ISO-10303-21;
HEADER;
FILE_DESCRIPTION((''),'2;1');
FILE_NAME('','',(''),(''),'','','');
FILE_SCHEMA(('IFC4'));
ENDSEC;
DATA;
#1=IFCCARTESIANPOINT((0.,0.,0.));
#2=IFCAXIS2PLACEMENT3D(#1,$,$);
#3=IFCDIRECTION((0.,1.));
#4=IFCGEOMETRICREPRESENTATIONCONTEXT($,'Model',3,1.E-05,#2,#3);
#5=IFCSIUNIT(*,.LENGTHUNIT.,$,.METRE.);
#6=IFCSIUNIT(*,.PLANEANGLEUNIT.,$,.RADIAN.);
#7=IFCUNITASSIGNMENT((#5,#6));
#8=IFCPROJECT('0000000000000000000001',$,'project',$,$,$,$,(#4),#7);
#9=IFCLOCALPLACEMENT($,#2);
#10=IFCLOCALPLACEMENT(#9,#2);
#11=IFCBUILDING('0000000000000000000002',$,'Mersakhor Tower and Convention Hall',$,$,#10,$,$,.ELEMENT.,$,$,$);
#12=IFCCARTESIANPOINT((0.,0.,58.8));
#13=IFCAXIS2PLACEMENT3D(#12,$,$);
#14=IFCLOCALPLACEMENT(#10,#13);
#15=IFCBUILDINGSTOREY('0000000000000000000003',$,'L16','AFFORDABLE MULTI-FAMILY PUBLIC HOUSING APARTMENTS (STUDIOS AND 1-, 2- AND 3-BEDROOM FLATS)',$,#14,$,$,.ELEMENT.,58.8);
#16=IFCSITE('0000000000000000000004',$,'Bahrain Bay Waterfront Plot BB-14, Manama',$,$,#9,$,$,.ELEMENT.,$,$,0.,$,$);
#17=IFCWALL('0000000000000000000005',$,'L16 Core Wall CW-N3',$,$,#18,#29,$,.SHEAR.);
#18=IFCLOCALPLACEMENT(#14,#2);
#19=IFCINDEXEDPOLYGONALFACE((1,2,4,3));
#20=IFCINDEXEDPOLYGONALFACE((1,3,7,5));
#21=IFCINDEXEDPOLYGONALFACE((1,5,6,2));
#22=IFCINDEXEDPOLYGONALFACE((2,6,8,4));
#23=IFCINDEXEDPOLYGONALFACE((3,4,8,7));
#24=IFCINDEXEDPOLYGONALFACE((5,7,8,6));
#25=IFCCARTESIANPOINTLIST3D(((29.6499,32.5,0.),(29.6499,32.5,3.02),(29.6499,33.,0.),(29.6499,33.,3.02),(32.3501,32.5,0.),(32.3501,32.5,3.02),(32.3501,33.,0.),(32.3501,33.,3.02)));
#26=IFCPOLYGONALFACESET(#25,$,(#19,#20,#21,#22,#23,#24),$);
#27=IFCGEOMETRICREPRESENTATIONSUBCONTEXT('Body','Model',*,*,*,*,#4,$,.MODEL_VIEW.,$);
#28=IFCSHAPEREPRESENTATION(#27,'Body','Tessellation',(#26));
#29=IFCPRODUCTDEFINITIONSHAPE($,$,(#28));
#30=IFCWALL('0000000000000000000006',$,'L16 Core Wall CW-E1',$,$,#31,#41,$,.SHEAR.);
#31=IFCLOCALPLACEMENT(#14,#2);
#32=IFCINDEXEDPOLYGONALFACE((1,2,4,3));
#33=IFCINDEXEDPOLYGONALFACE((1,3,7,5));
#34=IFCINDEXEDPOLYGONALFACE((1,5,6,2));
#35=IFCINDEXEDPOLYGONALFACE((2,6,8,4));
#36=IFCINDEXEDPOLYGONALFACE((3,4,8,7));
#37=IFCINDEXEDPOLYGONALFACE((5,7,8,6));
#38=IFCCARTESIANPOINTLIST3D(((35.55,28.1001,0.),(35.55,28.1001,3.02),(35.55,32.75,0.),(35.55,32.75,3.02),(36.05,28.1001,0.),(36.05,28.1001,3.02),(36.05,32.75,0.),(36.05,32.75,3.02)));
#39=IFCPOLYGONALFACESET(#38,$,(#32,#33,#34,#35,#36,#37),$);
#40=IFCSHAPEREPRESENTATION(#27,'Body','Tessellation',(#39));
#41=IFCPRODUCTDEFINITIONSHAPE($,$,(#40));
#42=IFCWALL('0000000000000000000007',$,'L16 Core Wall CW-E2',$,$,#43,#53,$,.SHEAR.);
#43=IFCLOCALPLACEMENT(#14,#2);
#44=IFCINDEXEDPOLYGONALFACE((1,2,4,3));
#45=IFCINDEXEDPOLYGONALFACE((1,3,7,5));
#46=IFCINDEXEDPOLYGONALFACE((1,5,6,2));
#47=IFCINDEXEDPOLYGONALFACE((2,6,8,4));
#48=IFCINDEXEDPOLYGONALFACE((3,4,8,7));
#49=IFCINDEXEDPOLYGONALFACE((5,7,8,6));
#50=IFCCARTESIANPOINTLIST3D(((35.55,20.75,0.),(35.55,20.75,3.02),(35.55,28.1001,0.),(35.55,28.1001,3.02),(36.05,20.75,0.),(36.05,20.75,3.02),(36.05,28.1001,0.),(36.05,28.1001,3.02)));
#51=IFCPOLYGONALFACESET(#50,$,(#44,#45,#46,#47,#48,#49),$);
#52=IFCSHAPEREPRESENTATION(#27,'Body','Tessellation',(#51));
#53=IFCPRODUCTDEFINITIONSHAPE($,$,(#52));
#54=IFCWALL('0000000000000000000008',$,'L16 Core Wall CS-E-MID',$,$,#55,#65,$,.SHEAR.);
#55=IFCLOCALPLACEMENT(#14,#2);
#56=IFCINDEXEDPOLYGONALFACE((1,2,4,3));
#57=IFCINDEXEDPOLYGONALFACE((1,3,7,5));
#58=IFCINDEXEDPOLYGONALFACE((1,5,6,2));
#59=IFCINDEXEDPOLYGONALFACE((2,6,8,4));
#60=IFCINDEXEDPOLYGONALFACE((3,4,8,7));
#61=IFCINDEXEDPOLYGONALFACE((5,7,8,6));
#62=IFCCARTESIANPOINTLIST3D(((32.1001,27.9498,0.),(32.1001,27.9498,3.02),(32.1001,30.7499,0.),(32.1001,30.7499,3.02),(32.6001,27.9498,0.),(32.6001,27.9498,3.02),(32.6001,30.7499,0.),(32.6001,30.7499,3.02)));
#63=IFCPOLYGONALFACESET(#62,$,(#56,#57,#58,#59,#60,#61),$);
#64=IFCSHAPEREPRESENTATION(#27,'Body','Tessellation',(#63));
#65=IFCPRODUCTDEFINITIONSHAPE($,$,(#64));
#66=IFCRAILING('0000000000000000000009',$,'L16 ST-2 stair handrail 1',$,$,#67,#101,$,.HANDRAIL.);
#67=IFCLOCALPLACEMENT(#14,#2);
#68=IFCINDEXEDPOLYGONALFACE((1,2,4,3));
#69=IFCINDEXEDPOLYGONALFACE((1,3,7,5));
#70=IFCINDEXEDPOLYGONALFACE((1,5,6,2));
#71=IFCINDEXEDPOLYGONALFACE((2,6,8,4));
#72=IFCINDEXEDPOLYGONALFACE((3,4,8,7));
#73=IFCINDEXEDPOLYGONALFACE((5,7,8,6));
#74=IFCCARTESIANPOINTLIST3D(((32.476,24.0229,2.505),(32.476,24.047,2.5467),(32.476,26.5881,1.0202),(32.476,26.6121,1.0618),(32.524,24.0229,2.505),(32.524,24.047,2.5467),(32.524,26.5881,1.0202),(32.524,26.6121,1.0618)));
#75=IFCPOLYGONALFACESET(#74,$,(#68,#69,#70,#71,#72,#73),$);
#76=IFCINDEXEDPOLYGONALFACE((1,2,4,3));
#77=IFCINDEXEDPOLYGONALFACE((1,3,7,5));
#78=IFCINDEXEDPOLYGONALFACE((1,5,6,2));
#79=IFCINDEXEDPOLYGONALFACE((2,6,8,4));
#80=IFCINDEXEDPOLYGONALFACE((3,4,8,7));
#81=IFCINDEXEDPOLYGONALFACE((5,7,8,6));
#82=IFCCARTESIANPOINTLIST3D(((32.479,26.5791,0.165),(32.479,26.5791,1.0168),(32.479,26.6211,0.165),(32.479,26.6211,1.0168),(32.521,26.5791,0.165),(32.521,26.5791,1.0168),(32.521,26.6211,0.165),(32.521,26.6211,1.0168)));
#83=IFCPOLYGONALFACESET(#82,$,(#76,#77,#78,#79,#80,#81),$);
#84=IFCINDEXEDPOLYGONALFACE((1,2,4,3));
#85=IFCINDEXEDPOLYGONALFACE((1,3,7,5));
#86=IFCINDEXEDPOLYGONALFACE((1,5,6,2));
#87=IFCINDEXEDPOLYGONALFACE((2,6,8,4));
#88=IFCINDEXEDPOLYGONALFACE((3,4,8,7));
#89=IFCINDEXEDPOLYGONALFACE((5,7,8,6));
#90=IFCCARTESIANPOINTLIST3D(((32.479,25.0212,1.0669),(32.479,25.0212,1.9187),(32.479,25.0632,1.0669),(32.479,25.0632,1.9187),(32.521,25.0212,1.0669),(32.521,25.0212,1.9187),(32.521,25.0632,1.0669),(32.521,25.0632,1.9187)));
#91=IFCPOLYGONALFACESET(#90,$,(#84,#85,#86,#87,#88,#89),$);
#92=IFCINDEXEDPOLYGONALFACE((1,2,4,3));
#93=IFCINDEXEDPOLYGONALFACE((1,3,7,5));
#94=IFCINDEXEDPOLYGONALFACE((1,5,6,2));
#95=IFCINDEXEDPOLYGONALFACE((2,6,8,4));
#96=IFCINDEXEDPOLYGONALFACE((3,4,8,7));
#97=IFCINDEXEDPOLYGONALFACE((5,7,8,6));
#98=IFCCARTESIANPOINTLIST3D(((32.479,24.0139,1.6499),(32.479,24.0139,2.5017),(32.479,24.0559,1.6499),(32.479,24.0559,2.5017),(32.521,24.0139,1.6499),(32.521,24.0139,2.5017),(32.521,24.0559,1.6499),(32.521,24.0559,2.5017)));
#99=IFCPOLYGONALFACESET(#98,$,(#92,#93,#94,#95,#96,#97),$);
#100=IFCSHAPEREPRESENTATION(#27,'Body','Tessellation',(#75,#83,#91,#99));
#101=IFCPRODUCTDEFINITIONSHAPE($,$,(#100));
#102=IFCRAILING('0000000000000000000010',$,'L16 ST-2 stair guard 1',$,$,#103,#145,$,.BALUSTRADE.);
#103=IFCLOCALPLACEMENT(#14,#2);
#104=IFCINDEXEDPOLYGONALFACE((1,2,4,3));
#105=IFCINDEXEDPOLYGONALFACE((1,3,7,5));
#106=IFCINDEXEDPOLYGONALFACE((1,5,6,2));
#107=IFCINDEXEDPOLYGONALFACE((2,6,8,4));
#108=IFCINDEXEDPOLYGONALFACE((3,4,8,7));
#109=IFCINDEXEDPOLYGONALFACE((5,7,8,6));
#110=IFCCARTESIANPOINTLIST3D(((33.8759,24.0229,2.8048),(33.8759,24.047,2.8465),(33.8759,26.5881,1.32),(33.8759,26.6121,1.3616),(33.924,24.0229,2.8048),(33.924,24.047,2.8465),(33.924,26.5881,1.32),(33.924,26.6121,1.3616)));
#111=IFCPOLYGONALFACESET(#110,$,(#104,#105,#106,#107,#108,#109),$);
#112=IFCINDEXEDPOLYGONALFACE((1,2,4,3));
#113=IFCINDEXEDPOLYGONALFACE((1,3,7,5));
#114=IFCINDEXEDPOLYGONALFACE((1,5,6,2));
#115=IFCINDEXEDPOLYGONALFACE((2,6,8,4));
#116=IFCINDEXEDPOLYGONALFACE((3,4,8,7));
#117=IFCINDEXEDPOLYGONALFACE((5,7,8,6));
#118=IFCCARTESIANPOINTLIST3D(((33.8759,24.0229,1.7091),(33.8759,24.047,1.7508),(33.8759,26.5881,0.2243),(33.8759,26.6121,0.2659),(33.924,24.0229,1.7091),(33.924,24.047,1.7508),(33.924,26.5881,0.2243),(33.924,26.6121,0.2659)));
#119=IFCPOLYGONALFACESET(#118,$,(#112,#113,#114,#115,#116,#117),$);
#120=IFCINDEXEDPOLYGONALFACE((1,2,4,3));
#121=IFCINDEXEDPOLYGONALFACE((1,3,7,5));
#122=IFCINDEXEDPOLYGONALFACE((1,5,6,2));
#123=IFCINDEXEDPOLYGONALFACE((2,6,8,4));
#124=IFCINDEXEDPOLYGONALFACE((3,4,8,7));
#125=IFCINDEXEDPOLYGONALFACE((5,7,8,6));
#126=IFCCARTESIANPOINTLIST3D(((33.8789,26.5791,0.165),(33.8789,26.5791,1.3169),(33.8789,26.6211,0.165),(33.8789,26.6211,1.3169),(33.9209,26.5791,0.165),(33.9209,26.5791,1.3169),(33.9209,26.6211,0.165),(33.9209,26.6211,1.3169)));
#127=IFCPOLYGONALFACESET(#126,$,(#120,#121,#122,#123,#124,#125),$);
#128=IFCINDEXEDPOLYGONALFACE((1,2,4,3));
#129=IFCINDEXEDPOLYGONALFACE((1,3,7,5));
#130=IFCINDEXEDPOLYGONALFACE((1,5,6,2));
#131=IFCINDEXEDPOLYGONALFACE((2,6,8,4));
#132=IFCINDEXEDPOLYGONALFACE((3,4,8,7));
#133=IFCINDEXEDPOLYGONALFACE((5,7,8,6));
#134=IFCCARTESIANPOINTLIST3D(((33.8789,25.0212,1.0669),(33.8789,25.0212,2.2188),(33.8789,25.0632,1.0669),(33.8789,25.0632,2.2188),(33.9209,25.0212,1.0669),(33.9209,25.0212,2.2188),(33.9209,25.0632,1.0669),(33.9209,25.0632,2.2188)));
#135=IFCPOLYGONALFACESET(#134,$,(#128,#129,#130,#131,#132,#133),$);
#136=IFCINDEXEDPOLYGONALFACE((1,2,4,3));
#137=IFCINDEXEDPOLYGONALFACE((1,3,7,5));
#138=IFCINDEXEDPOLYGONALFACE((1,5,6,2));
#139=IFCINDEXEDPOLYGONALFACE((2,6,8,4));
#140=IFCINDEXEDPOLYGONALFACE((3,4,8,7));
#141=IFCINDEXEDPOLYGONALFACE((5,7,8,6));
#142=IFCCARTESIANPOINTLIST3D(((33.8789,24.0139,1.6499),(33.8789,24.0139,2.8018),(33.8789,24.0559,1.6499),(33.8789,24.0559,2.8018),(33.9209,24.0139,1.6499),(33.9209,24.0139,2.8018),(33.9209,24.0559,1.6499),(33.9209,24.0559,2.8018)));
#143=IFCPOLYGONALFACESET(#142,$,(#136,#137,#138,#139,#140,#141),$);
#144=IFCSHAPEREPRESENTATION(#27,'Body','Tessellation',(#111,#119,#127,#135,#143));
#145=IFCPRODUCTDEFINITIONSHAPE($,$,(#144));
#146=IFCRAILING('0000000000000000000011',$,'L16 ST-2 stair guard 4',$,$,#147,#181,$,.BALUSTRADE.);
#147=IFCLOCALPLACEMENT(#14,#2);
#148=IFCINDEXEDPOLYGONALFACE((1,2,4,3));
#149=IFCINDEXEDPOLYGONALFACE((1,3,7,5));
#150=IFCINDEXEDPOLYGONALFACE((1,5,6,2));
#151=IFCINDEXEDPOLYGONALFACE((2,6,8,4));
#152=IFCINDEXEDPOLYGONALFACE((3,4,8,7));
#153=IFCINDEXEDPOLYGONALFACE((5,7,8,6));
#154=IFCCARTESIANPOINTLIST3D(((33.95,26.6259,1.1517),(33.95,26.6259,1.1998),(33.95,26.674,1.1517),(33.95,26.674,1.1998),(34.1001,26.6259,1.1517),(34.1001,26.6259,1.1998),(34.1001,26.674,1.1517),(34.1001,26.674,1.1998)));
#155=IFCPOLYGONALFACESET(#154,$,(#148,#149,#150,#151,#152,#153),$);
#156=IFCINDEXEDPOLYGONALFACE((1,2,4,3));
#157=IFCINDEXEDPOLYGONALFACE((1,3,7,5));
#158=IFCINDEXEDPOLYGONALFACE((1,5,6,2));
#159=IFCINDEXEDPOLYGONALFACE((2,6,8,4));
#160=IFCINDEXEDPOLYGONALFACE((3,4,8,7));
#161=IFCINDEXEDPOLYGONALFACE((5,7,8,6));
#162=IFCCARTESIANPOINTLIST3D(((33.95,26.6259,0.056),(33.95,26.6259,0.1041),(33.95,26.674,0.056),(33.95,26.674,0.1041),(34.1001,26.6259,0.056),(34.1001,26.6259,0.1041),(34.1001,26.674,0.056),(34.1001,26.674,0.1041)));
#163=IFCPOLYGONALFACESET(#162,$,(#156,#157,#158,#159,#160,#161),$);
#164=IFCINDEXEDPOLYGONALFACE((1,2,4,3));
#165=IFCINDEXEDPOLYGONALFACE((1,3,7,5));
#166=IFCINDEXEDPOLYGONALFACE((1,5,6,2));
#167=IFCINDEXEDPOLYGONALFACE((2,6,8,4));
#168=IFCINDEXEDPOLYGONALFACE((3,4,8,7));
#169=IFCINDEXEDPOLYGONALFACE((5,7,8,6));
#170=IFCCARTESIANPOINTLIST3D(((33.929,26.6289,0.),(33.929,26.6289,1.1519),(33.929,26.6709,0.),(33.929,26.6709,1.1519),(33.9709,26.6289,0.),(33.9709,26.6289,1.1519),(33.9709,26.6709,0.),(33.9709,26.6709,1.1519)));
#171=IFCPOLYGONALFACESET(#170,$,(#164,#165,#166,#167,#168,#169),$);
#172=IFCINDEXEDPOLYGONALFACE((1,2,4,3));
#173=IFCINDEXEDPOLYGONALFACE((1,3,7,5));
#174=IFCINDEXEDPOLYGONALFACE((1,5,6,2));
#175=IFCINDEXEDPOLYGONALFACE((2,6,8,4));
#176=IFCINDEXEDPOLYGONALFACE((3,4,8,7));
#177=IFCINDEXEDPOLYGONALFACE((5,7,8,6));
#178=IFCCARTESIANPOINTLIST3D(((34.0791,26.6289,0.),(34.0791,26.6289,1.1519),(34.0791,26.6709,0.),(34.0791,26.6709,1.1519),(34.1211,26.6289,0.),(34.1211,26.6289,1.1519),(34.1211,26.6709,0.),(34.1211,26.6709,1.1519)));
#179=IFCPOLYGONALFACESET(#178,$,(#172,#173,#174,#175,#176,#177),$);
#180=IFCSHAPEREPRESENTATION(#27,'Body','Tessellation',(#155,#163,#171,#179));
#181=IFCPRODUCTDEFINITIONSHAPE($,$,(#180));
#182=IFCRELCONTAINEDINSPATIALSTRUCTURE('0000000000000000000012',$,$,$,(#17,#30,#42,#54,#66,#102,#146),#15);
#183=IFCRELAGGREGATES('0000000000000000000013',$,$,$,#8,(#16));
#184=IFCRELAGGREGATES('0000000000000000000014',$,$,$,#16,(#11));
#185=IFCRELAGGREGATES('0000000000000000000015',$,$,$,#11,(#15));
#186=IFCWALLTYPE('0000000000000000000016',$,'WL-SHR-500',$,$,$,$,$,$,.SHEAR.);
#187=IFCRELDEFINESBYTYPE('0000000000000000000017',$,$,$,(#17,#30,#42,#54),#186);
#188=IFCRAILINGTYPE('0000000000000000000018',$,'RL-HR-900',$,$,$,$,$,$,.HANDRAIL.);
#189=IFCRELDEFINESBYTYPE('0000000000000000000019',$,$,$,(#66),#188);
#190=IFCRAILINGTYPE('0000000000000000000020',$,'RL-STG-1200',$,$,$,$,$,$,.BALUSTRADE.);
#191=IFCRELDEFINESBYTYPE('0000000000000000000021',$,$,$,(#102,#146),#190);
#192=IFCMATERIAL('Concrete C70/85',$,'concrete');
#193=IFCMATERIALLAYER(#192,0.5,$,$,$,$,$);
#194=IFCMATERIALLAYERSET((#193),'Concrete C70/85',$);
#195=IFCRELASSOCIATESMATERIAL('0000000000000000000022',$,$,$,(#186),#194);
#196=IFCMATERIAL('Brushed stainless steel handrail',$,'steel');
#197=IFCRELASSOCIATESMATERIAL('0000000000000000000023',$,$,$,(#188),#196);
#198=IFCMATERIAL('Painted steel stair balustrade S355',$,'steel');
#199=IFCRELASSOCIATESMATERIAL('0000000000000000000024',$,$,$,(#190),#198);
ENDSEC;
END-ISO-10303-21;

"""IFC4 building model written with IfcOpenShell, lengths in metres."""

from ifc_helpers import new_model, si_unit, direction, frame, frame_2d, origin, origin_2d, place, context, subcontext, project, spatial, rectangle, extrude, material, layer, layer_set, type_object, element, save


model = new_model("IFC4")

# Units and contexts
model_context = context("Model", 3, precision=1e-05, world=origin(), true_north=direction((0.0, 1.0)))
body_context = subcontext(model_context, "Body", "Model", "MODEL_VIEW")
ifc_project = project(units=[si_unit("LENGTHUNIT", "METRE"), si_unit("PLANEANGLEUNIT", "RADIAN")], contexts=[model_context])

# Site, building, storey
site_placement = place(None, origin())
site = spatial("IfcSite", under=ifc_project, at=site_placement, Name="Bahrain Bay Waterfront Plot BB-14, Manama", CompositionType="ELEMENT", RefElevation=0.0)
building_placement = place(site_placement, origin())
building = spatial("IfcBuilding", under=site, at=building_placement, Name="Mersakhor Tower and Convention Hall", CompositionType="ELEMENT")
storey_placement = place(building_placement, frame((0.0, 0.0, 58.8)))
storey = spatial("IfcBuildingStorey", under=building, at=storey_placement, Name="L16", Description="AFFORDABLE MULTI-FAMILY PUBLIC HOUSING APARTMENTS (STUDIOS AND 1-, 2- AND 3-BEDROOM FLATS)", CompositionType="ELEMENT", Elevation=58.8)

# Wall
ifc_material_1 = material(Name="Concrete C70/85", Category="concrete")
ifc_layer_1 = layer(ifc_material_1, 0.5)
ifc_layer_set_1 = layer_set([ifc_layer_1], Name="Concrete C70/85")
wall_type_1 = type_object("IfcWallType", Name="WL-SHR-500", PredefinedType="SHEAR", material=ifc_layer_set_1)
wall_1_placement = place(storey_placement, frame((29.6499, 32.75, 0.0), z_axis=(0.0, 0.0, 1.0), x_axis=(1.0, 0.0, 0.0)))
element("IfcWall", 1, at=wall_1_placement, inside=storey, type_object=wall_type_1, Name="L16 Core Wall CW-N3", PredefinedType="SHEAR", context=body_context, shape_type="SweptSolid", body=[
    extrude(rectangle(XDim=2.7002, YDim=0.5, at=frame_2d((1.3501, 0.0))), origin(), (0.0, 0.0, 1.0), 3.02),
])

# Walls
wall_2_placement = place(storey_placement, frame((35.8, 32.75, 0.0), z_axis=(0.0, 0.0, 1.0), x_axis=(0.0, -1.0, 0.0)))
element("IfcWall", 2, at=wall_2_placement, inside=storey, type_object=wall_type_1, Name="L16 Core Wall CW-E1", PredefinedType="SHEAR", context=body_context, shape_type="SweptSolid", body=[
    extrude(rectangle(XDim=4.6499, YDim=0.5, at=frame_2d((2.325, 0.0))), origin(), (0.0, 0.0, 1.0), 3.02),
])
wall_3_placement = place(storey_placement, frame((35.8, 28.1001, 0.0), z_axis=(0.0, 0.0, 1.0), x_axis=(0.0, -1.0, 0.0)))
element("IfcWall", 3, at=wall_3_placement, inside=storey, type_object=wall_type_1, Name="L16 Core Wall CW-E2", PredefinedType="SHEAR", context=body_context, shape_type="SweptSolid", body=[
    extrude(rectangle(XDim=7.3501, YDim=0.5, at=frame_2d((3.675, 0.0))), origin(), (0.0, 0.0, 1.0), 3.02),
])
wall_4_placement = place(storey_placement, frame((32.3501, 27.95, 0.0), z_axis=(0.0, 0.0, 1.0), x_axis=(0.0, 1.0, 0.0)))
element("IfcWall", 4, at=wall_4_placement, inside=storey, type_object=wall_type_1, Name="L16 Core Wall CS-E-MID", PredefinedType="SHEAR", context=body_context, shape_type="SweptSolid", body=[
    extrude(rectangle(XDim=2.8, YDim=0.5, at=frame_2d((1.3999, 0.0))), origin(), (0.0, 0.0, 1.0), 3.02),
])

# Railings
ifc_material_2 = material(Name="Brushed stainless steel handrail", Category="steel")
railing_type_1 = type_object("IfcRailingType", Name="RL-HR-900", PredefinedType="HANDRAIL", material=ifc_material_2)
railing_1_placement = place(storey_placement, frame((32.5, 26.6001, 0.165)))
element("IfcRailing", 5, at=railing_1_placement, inside=storey, type_object=railing_type_1, Name="L16 ST-2 stair handrail 1", PredefinedType="HANDRAIL", context=body_context, shape_type="SweptSolid", body=[
    extrude(rectangle(XDim=0.0481, YDim=0.0481, at=origin_2d()), frame((0.0, 0.0, 0.876), z_axis=(0.0, -0.865462, 0.500975), x_axis=(1.0, 0.0, 0.0)), (0.0, 0.0, 1.0), 2.9639),
    extrude(rectangle(XDim=0.042, YDim=0.042, at=origin_2d()), origin(), (0.0, 0.0, 1.0), 0.8518),
    extrude(rectangle(XDim=0.042, YDim=0.042, at=origin_2d()), frame((0.0, -1.5579, 0.9019)), (0.0, 0.0, 1.0), 0.8518),
    extrude(rectangle(XDim=0.042, YDim=0.042, at=origin_2d()), frame((0.0, -2.5652, 1.4849)), (0.0, 0.0, 1.0), 0.8518),
])
ifc_material_3 = material(Name="Painted steel stair balustrade S355", Category="steel")
railing_type_2 = type_object("IfcRailingType", Name="RL-STG-1200", PredefinedType="BALUSTRADE", material=ifc_material_3)
railing_2_placement = place(storey_placement, frame((33.8999, 26.6001, 0.165)))
element("IfcRailing", 6, at=railing_2_placement, inside=storey, type_object=railing_type_2, Name="L16 ST-2 stair guard 1", PredefinedType="BALUSTRADE", context=body_context, shape_type="SweptSolid", body=[
    extrude(rectangle(XDim=0.0481, YDim=0.0481, at=origin_2d()), frame((0.0, 0.0, 1.1758), z_axis=(0.0, -0.865462, 0.500975), x_axis=(1.0, 0.0, 0.0)), (0.0, 0.0, 1.0), 2.9639),
    extrude(rectangle(XDim=0.0481, YDim=0.0481, at=origin_2d()), frame((0.0, 0.0, 0.0801), z_axis=(0.0, -0.865462, 0.500975), x_axis=(1.0, 0.0, 0.0)), (0.0, 0.0, 1.0), 2.9639),
    extrude(rectangle(XDim=0.042, YDim=0.042, at=origin_2d()), origin(), (0.0, 0.0, 1.0), 1.1519),
    extrude(rectangle(XDim=0.042, YDim=0.042, at=origin_2d()), frame((0.0, -1.5579, 0.9019)), (0.0, 0.0, 1.0), 1.1519),
    extrude(rectangle(XDim=0.042, YDim=0.042, at=origin_2d()), frame((0.0, -2.5652, 1.4849)), (0.0, 0.0, 1.0), 1.1519),
])
railing_3_placement = place(storey_placement, frame((33.95, 26.6499, 0.0)))
element("IfcRailing", 7, at=railing_3_placement, inside=storey, type_object=railing_type_2, Name="L16 ST-2 stair guard 4", PredefinedType="BALUSTRADE", context=body_context, shape_type="SweptSolid", body=[
    extrude(rectangle(XDim=0.0481, YDim=0.0481, at=origin_2d()), frame((0.0, 0.0, 1.1758), z_axis=(1.0, 0.0, 0.0), x_axis=(0.0, 1.0, 0.0)), (0.0, 0.0, 1.0), 0.1501),
    extrude(rectangle(XDim=0.0481, YDim=0.0481, at=origin_2d()), frame((0.0, 0.0, 0.0801), z_axis=(1.0, 0.0, 0.0), x_axis=(0.0, 1.0, 0.0)), (0.0, 0.0, 1.0), 0.1501),
    extrude(rectangle(XDim=0.042, YDim=0.042, at=origin_2d()), origin(), (0.0, 0.0, 1.0), 1.1519),
    extrude(rectangle(XDim=0.042, YDim=0.042, at=origin_2d()), frame((0.1501, 0.0, 0.0)), (0.0, 0.0, 1.0), 1.1519),
])

save(model, "model.ifc")
